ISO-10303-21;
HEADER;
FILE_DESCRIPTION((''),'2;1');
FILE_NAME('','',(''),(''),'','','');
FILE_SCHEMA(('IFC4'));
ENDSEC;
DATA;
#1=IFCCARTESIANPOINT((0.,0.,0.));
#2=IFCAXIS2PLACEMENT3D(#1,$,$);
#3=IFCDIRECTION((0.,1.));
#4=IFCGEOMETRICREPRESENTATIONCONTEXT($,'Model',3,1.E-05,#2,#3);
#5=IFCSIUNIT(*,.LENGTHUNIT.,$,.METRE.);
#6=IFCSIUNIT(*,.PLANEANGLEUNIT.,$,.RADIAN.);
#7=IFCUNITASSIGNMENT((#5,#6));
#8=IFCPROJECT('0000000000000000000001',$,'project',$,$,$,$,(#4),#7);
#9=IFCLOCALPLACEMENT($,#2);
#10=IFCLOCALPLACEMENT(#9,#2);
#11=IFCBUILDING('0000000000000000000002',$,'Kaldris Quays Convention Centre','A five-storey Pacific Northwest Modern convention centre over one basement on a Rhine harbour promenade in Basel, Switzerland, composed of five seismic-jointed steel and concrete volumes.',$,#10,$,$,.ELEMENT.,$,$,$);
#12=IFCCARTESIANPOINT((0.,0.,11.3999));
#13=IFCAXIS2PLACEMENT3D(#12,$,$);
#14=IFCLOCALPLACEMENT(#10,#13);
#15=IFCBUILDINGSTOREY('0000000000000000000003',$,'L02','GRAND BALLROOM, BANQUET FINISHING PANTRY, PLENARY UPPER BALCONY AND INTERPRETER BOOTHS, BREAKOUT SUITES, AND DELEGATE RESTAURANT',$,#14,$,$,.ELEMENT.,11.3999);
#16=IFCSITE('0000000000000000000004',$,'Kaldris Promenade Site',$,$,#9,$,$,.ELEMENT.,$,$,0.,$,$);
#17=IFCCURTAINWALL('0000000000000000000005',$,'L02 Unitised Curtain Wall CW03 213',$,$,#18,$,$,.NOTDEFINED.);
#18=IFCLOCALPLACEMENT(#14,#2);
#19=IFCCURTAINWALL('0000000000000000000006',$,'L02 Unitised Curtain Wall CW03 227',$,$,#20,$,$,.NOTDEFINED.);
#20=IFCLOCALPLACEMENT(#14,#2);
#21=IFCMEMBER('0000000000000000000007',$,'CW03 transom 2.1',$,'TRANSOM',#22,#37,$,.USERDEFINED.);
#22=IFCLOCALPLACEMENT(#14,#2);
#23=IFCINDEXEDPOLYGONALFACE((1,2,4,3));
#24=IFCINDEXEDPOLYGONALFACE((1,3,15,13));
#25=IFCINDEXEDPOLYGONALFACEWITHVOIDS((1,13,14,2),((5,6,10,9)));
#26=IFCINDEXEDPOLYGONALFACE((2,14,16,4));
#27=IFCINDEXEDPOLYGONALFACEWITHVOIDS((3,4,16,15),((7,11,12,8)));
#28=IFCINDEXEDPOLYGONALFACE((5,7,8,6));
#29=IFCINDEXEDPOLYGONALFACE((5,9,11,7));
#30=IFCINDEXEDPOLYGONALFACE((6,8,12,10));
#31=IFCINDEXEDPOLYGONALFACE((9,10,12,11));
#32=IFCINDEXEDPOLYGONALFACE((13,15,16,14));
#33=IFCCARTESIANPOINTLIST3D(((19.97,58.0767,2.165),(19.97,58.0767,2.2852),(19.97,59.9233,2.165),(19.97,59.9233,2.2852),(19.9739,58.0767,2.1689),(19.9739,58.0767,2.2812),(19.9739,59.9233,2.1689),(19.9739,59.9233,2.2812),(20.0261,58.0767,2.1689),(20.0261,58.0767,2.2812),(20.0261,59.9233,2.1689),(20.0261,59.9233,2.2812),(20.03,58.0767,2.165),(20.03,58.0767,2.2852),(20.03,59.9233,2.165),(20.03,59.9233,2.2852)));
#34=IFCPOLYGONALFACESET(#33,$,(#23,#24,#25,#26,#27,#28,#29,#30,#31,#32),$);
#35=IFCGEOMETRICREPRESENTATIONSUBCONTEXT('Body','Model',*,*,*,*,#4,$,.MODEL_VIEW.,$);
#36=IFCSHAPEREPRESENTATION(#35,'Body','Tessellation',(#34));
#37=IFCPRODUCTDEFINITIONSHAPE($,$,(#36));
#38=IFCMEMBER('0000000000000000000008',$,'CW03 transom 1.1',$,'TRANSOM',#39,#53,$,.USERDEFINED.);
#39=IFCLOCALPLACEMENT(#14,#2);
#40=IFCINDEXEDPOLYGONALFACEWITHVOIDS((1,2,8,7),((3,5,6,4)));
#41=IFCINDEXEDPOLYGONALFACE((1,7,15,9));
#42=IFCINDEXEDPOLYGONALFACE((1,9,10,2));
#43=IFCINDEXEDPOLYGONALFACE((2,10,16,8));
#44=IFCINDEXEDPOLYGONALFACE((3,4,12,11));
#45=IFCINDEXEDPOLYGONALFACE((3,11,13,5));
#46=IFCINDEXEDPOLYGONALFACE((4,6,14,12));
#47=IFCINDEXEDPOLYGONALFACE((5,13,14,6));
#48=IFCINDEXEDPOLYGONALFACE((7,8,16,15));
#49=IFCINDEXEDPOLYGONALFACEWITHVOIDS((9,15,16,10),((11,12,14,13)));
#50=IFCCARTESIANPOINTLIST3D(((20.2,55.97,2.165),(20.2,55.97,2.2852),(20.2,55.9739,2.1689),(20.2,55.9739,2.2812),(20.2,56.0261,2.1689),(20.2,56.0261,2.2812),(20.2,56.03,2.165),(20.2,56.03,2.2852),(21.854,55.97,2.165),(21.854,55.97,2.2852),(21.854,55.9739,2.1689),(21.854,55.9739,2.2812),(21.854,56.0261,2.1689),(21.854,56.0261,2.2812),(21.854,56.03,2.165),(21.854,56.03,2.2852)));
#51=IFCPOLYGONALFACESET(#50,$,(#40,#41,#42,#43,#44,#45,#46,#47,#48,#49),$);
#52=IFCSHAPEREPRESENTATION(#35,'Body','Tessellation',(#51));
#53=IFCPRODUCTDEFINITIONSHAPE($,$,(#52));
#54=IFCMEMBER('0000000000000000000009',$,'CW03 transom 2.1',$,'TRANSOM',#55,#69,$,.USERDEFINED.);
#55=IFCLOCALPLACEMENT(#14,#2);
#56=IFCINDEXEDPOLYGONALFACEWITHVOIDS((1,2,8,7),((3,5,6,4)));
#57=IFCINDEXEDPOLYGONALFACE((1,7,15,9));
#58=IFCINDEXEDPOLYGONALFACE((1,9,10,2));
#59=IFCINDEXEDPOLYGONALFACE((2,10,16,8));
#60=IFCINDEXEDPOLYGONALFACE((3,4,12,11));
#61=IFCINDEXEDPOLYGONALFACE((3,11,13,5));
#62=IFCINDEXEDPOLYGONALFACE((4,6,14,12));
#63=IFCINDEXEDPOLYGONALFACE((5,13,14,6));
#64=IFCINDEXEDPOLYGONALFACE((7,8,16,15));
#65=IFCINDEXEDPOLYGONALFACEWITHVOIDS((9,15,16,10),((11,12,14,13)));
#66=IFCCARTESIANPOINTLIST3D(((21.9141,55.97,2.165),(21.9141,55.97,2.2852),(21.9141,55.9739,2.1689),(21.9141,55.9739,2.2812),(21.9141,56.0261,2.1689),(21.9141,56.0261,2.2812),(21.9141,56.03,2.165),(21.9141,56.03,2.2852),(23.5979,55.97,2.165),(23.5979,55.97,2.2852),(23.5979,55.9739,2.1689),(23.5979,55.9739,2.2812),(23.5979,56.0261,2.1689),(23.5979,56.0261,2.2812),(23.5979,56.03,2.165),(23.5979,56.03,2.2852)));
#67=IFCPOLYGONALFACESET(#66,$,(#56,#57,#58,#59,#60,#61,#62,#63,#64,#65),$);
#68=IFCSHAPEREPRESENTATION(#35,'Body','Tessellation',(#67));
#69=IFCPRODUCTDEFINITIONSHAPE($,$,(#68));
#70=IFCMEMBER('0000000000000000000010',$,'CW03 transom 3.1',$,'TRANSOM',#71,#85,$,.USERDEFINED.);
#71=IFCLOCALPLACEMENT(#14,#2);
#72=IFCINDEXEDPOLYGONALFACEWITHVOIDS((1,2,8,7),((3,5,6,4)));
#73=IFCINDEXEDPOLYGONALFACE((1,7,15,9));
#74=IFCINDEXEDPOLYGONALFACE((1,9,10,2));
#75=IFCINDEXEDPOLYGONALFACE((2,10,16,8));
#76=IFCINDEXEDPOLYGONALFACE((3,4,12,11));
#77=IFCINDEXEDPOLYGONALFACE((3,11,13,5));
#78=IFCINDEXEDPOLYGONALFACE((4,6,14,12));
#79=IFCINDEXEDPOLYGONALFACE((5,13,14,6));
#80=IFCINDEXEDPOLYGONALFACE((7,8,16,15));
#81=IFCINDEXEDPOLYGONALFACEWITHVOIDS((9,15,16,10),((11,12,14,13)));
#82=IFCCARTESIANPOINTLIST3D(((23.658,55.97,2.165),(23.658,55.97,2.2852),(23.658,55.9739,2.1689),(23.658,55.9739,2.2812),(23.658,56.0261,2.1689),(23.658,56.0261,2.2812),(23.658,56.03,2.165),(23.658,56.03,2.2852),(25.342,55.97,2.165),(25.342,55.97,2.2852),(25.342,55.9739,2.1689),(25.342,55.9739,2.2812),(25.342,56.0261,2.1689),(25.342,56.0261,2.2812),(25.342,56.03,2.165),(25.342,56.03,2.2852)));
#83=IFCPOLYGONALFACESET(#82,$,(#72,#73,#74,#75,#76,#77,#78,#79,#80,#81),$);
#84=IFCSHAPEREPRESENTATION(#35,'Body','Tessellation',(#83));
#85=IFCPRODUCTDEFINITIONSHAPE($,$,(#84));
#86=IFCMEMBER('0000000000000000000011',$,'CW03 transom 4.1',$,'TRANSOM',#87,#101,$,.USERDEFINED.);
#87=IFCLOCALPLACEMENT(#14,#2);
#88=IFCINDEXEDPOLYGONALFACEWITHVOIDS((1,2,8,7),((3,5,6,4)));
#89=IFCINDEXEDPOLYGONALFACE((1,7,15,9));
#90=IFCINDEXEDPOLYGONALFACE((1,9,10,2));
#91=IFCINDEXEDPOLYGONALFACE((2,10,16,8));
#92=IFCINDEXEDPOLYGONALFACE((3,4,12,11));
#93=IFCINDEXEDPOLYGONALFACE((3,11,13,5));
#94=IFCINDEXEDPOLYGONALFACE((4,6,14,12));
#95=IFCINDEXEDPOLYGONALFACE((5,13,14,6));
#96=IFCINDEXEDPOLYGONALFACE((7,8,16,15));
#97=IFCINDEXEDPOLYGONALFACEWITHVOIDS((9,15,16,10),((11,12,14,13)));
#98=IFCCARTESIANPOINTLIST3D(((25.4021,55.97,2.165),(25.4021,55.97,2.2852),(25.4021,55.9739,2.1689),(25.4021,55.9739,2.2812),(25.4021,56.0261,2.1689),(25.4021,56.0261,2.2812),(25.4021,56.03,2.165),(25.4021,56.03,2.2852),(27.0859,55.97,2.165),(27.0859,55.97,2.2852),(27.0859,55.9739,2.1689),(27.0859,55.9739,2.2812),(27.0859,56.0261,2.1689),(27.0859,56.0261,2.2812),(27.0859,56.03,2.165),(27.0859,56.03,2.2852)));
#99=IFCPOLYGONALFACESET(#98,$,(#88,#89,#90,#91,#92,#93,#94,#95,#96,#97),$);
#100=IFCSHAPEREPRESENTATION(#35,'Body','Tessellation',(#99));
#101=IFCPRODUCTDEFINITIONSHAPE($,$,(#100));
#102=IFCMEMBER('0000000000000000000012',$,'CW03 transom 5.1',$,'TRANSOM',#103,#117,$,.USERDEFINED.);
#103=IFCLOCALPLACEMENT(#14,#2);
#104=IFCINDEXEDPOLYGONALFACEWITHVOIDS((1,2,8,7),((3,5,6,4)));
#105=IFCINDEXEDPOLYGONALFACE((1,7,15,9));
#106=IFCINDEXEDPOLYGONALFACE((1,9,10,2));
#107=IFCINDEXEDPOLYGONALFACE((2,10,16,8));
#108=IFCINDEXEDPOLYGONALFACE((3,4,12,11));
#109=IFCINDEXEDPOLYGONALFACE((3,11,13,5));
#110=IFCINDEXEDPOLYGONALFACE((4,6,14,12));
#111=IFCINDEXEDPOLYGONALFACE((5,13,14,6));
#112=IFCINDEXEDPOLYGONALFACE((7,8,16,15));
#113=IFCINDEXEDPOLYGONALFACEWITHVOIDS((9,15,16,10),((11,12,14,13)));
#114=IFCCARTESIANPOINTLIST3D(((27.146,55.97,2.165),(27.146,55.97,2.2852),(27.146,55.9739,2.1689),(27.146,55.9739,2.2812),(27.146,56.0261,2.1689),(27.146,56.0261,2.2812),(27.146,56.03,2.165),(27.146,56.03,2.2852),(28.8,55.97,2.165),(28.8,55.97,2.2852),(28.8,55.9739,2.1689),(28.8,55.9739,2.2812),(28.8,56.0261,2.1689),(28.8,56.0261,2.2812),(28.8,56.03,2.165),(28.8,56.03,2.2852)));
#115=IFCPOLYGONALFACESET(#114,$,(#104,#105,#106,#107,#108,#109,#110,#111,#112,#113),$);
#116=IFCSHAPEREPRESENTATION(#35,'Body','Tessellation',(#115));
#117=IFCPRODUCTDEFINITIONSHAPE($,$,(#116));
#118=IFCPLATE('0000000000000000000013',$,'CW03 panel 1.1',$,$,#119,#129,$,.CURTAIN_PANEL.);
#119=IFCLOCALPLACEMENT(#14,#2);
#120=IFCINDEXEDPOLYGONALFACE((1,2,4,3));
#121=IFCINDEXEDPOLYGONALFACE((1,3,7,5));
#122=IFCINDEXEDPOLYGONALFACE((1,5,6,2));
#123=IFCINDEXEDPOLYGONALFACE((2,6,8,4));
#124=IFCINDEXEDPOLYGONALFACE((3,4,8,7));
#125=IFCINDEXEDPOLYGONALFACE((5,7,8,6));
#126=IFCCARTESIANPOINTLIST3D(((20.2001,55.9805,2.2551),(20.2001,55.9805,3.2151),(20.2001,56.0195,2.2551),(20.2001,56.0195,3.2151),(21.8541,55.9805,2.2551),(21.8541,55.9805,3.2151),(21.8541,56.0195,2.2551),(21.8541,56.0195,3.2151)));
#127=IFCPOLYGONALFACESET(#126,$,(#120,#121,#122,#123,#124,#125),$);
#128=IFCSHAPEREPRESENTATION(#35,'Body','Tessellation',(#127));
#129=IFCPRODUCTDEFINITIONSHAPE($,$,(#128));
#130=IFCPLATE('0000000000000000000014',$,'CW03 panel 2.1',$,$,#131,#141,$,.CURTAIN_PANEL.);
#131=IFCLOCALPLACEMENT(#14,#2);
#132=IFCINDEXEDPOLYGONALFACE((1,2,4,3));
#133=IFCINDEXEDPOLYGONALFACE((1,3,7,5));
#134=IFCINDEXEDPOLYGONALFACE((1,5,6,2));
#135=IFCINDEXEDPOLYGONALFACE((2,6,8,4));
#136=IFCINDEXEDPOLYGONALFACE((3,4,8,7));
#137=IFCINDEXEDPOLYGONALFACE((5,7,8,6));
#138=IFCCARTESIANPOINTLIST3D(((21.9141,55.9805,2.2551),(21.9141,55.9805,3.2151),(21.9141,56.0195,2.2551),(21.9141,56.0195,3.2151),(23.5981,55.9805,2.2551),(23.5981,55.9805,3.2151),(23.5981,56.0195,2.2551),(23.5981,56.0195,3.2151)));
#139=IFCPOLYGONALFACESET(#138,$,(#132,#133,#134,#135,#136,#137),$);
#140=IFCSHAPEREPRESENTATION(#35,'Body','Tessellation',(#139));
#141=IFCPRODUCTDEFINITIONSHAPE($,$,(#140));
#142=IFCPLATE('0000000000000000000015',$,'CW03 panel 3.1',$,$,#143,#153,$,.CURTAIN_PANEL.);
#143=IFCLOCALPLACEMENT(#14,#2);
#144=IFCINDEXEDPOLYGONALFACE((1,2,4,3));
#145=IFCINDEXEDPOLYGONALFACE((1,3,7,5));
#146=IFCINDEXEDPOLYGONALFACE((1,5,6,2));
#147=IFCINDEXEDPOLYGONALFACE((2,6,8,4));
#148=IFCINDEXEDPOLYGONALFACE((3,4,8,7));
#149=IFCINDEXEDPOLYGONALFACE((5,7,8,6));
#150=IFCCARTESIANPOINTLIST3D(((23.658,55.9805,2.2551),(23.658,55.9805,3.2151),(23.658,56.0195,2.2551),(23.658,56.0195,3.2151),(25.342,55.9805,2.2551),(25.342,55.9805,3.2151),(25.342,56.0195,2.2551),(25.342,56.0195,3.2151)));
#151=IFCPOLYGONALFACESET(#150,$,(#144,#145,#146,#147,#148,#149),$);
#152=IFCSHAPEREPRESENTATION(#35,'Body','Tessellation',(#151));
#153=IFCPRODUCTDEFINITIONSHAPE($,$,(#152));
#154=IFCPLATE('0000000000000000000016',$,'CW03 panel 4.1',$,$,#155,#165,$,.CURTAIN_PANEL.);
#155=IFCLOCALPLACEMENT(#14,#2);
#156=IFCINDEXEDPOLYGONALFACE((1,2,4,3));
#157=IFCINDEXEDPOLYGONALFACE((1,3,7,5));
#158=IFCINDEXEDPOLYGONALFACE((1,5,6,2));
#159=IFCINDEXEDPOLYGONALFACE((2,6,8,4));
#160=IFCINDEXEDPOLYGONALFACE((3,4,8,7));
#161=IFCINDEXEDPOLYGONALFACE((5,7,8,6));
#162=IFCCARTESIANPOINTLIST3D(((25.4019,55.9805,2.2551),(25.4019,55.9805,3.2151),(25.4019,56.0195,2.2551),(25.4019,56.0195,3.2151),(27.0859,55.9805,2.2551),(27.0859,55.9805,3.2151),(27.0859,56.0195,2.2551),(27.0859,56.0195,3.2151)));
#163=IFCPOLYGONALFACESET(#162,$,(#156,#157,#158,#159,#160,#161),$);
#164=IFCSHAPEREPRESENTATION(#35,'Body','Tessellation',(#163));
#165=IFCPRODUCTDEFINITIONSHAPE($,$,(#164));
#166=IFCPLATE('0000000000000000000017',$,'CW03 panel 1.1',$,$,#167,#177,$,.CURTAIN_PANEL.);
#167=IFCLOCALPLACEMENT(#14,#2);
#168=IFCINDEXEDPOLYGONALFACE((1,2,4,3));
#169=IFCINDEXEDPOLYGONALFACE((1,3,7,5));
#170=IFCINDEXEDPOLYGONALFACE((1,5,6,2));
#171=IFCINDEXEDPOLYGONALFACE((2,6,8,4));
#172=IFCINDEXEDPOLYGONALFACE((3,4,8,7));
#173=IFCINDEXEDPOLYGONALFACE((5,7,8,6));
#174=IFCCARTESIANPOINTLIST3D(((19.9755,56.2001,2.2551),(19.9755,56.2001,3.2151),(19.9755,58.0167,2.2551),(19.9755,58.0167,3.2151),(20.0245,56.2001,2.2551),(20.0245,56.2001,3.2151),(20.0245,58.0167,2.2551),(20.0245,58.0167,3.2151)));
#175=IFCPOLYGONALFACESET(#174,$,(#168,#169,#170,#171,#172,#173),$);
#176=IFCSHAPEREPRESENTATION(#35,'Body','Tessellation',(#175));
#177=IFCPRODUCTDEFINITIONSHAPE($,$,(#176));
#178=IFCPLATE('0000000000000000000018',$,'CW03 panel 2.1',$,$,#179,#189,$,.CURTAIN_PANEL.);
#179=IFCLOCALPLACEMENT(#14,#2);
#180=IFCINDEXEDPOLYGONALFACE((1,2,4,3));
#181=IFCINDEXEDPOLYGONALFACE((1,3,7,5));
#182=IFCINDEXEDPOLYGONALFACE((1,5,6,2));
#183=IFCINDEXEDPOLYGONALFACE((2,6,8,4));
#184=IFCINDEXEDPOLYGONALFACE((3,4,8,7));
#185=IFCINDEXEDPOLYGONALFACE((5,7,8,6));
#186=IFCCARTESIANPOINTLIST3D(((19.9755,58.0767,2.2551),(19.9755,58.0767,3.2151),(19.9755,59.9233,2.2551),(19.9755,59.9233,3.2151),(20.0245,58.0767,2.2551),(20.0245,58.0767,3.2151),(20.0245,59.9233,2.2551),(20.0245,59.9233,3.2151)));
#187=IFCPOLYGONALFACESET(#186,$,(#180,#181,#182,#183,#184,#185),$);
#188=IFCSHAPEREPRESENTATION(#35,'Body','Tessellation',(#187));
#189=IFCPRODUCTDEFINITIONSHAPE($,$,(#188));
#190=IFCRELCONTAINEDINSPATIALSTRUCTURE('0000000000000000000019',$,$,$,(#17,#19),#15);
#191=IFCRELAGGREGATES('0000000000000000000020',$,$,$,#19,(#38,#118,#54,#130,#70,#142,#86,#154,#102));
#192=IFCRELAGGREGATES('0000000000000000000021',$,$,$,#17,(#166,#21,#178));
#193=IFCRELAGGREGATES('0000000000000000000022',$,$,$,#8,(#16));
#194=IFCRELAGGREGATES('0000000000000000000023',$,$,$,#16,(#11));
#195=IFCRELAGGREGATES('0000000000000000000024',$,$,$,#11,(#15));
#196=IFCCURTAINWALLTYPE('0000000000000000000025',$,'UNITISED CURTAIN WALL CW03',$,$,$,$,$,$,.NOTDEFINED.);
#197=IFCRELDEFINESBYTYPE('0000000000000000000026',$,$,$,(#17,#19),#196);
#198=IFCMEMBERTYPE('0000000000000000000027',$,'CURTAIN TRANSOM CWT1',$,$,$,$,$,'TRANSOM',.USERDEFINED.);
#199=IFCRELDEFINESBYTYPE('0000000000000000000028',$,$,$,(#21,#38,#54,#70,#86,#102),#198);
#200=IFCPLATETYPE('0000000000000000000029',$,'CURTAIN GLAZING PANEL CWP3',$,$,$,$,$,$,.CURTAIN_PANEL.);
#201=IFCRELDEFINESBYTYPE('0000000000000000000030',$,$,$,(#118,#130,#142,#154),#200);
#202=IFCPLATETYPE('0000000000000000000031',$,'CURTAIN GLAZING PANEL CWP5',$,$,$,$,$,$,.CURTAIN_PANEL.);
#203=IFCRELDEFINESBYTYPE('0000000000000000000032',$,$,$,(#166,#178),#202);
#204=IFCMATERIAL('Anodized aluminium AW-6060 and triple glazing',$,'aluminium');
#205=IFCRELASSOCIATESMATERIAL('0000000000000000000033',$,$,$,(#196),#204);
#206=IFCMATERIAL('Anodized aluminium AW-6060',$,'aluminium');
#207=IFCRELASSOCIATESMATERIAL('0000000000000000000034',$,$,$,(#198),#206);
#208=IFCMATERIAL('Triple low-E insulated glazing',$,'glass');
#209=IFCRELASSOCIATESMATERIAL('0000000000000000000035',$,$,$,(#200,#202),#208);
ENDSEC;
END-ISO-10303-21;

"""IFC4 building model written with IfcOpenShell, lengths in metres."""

from ifc_helpers import new_model, si_unit, direction, frame, origin, origin_2d, place, context, subcontext, project, spatial, rectangle, hollow_rectangle, extrude, material, material_profile, profile_set, type_object, element, aggregate, save


model = new_model("IFC4")

# Units and contexts
model_context = context("Model", 3, precision=1e-05, world=origin(), true_north=direction((0.0, 1.0)))
body_context = subcontext(model_context, "Body", "Model", "MODEL_VIEW")
ifc_project = project(units=[si_unit("LENGTHUNIT", "METRE"), si_unit("PLANEANGLEUNIT", "RADIAN")], contexts=[model_context])

# Site, building, storey
site_placement = place(None, origin())
site = spatial("IfcSite", under=ifc_project, at=site_placement, Name="Kaldris Promenade Site", CompositionType="ELEMENT", RefElevation=0.0)
building_placement = place(site_placement, origin())
building = spatial("IfcBuilding", under=site, at=building_placement, Name="Kaldris Quays Convention Centre", Description="A five-storey Pacific Northwest Modern convention centre over one basement on a Rhine harbour promenade in Basel, Switzerland, composed of five seismic-jointed steel and concrete volumes.", CompositionType="ELEMENT")
storey_placement = place(building_placement, frame((0.0, 0.0, 11.3999)))
storey = spatial("IfcBuildingStorey", under=building, at=storey_placement, Name="L02", Description="GRAND BALLROOM, BANQUET FINISHING PANTRY, PLENARY UPPER BALCONY AND INTERPRETER BOOTHS, BREAKOUT SUITES, AND DELEGATE RESTAURANT", CompositionType="ELEMENT", Elevation=11.3999)

# Curtain walls
ifc_material_1 = material(Name="Anodized aluminium AW-6060 and triple glazing", Category="aluminium")
curtain_wall_type = type_object("IfcCurtainWallType", Name="UNITISED CURTAIN WALL CW03", PredefinedType="NOTDEFINED", material=ifc_material_1)
curtain_wall_1_placement = place(storey_placement, origin())
curtain_wall_1 = element("IfcCurtainWall", 1, at=curtain_wall_1_placement, inside=storey, type_object=curtain_wall_type, Name="L02 Unitised Curtain Wall CW03 213", PredefinedType="NOTDEFINED")
ifc_material_2 = material(Name="Anodized aluminium AW-6060", Category="aluminium")
curtain_wall_2_placement = place(storey_placement, origin())
curtain_wall_2 = element("IfcCurtainWall", 2, at=curtain_wall_2_placement, inside=storey, type_object=curtain_wall_type, Name="L02 Unitised Curtain Wall CW03 227", PredefinedType="NOTDEFINED")

# Members
ifc_material_profile_1 = material_profile(ifc_material_2, hollow_rectangle(XDim=0.0601, YDim=0.1201, WallThickness=0.0039, at=origin_2d()), Name="RHS 120x60x4")
ifc_profile_set_1 = profile_set([ifc_material_profile_1], Name="Anodized aluminium AW-6060")
member_type_1 = type_object("IfcMemberType", Name="CURTAIN TRANSOM CWT1", ElementType="TRANSOM", PredefinedType="USERDEFINED", material=ifc_profile_set_1)
member_1_placement = place(storey_placement, frame((20.0, 58.0767, 2.2251), z_axis=(0.0, 1.0, 0.0), x_axis=(-1.0, 0.0, 0.0)))
member_1 = element("IfcMember", 3, at=member_1_placement, type_object=member_type_1, Name="CW03 transom 2.1", ObjectType="TRANSOM", PredefinedType="USERDEFINED", context=body_context, shape_type="SweptSolid", body=[
    extrude(hollow_rectangle(XDim=0.0601, YDim=0.1201, WallThickness=0.0039, at=origin_2d()), origin(), (0.0, 0.0, 1.0), 1.8467),
])
member_2_placement = place(storey_placement, frame((20.2, 56.0, 2.2251), z_axis=(1.0, 0.0, 0.0), x_axis=(0.0, 1.0, 0.0)))
member_2 = element("IfcMember", 4, at=member_2_placement, type_object=member_type_1, Name="CW03 transom 1.1", ObjectType="TRANSOM", PredefinedType="USERDEFINED", context=body_context, shape_type="SweptSolid", body=[
    extrude(hollow_rectangle(XDim=0.0601, YDim=0.1201, WallThickness=0.0039, at=origin_2d()), origin(), (0.0, 0.0, 1.0), 1.6541),
])
member_3_placement = place(storey_placement, frame((21.9141, 56.0, 2.2251), z_axis=(1.0, 0.0, 0.0), x_axis=(0.0, 1.0, 0.0)))
member_3 = element("IfcMember", 5, at=member_3_placement, type_object=member_type_1, Name="CW03 transom 2.1", ObjectType="TRANSOM", PredefinedType="USERDEFINED", context=body_context, shape_type="SweptSolid", body=[
    extrude(hollow_rectangle(XDim=0.0601, YDim=0.1201, WallThickness=0.0039, at=origin_2d()), origin(), (0.0, 0.0, 1.0), 1.6838),
])
member_4_placement = place(storey_placement, frame((23.658, 56.0, 2.2251), z_axis=(1.0, 0.0, 0.0), x_axis=(0.0, 1.0, 0.0)))
member_4 = element("IfcMember", 6, at=member_4_placement, type_object=member_type_1, Name="CW03 transom 3.1", ObjectType="TRANSOM", PredefinedType="USERDEFINED", context=body_context, shape_type="SweptSolid", body=[
    extrude(hollow_rectangle(XDim=0.0601, YDim=0.1201, WallThickness=0.0039, at=origin_2d()), origin(), (0.0, 0.0, 1.0), 1.6841),
])
member_5_placement = place(storey_placement, frame((25.4021, 56.0, 2.2251), z_axis=(1.0, 0.0, 0.0), x_axis=(0.0, 1.0, 0.0)))
member_5 = element("IfcMember", 7, at=member_5_placement, type_object=member_type_1, Name="CW03 transom 4.1", ObjectType="TRANSOM", PredefinedType="USERDEFINED", context=body_context, shape_type="SweptSolid", body=[
    extrude(hollow_rectangle(XDim=0.0601, YDim=0.1201, WallThickness=0.0039, at=origin_2d()), origin(), (0.0, 0.0, 1.0), 1.6838),
])
member_6_placement = place(storey_placement, frame((27.146, 56.0, 2.2251), z_axis=(1.0, 0.0, 0.0), x_axis=(0.0, 1.0, 0.0)))
member_6 = element("IfcMember", 8, at=member_6_placement, type_object=member_type_1, Name="CW03 transom 5.1", ObjectType="TRANSOM", PredefinedType="USERDEFINED", context=body_context, shape_type="SweptSolid", body=[
    extrude(hollow_rectangle(XDim=0.0601, YDim=0.1201, WallThickness=0.0039, at=origin_2d()), origin(), (0.0, 0.0, 1.0), 1.6541),
])

# Plates
ifc_material_3 = material(Name="Triple low-E insulated glazing", Category="glass")
plate_type_1 = type_object("IfcPlateType", Name="CURTAIN GLAZING PANEL CWP3", PredefinedType="CURTAIN_PANEL", material=ifc_material_3)
plate_1_placement = place(storey_placement, frame((21.0271, 56.0, 2.2551), z_axis=(0.0, 0.0, 1.0), x_axis=(1.0, 0.0, 0.0)))
plate_1 = element("IfcPlate", 9, at=plate_1_placement, type_object=plate_type_1, Name="CW03 panel 1.1", PredefinedType="CURTAIN_PANEL", context=body_context, shape_type="SweptSolid", body=[
    extrude(rectangle(XDim=1.6541, YDim=0.0391, at=origin_2d()), origin(), (0.0, 0.0, 1.0), 0.96),
])
plate_2_placement = place(storey_placement, frame((22.7561, 56.0, 2.2551), z_axis=(0.0, 0.0, 1.0), x_axis=(1.0, 0.0, 0.0)))
plate_2 = element("IfcPlate", 10, at=plate_2_placement, type_object=plate_type_1, Name="CW03 panel 2.1", PredefinedType="CURTAIN_PANEL", context=body_context, shape_type="SweptSolid", body=[
    extrude(rectangle(XDim=1.6841, YDim=0.0391, at=origin_2d()), origin(), (0.0, 0.0, 1.0), 0.96),
])
plate_3_placement = place(storey_placement, frame((24.5, 56.0, 2.2551), z_axis=(0.0, 0.0, 1.0), x_axis=(1.0, 0.0, 0.0)))
plate_3 = element("IfcPlate", 11, at=plate_3_placement, type_object=plate_type_1, Name="CW03 panel 3.1", PredefinedType="CURTAIN_PANEL", context=body_context, shape_type="SweptSolid", body=[
    extrude(rectangle(XDim=1.6841, YDim=0.0391, at=origin_2d()), origin(), (0.0, 0.0, 1.0), 0.96),
])
plate_4_placement = place(storey_placement, frame((26.2439, 56.0, 2.2551), z_axis=(0.0, 0.0, 1.0), x_axis=(1.0, 0.0, 0.0)))
plate_4 = element("IfcPlate", 12, at=plate_4_placement, type_object=plate_type_1, Name="CW03 panel 4.1", PredefinedType="CURTAIN_PANEL", context=body_context, shape_type="SweptSolid", body=[
    extrude(rectangle(XDim=1.6841, YDim=0.0391, at=origin_2d()), origin(), (0.0, 0.0, 1.0), 0.96),
])
aggregate(curtain_wall_2, [member_2, plate_1, member_3, plate_2, member_4, plate_3, member_5, plate_4, member_6])
plate_type_2 = type_object("IfcPlateType", Name="CURTAIN GLAZING PANEL CWP5", PredefinedType="CURTAIN_PANEL", material=ifc_material_3)
plate_5_placement = place(storey_placement, frame((20.0, 57.1084, 2.2551), z_axis=(0.0, 0.0, 1.0), x_axis=(0.0, 1.0, 0.0)))
plate_5 = element("IfcPlate", 13, at=plate_5_placement, type_object=plate_type_2, Name="CW03 panel 1.1", PredefinedType="CURTAIN_PANEL", context=body_context, shape_type="SweptSolid", body=[
    extrude(rectangle(XDim=1.8167, YDim=0.0491, at=origin_2d()), origin(), (0.0, 0.0, 1.0), 0.96),
])
plate_6_placement = place(storey_placement, frame((20.0, 59.0, 2.2551), z_axis=(0.0, 0.0, 1.0), x_axis=(0.0, 1.0, 0.0)))
plate_6 = element("IfcPlate", 14, at=plate_6_placement, type_object=plate_type_2, Name="CW03 panel 2.1", PredefinedType="CURTAIN_PANEL", context=body_context, shape_type="SweptSolid", body=[
    extrude(rectangle(XDim=1.8467, YDim=0.0491, at=origin_2d()), origin(), (0.0, 0.0, 1.0), 0.96),
])
aggregate(curtain_wall_1, [plate_5, member_1, plate_6])

save(model, "model.ifc")
